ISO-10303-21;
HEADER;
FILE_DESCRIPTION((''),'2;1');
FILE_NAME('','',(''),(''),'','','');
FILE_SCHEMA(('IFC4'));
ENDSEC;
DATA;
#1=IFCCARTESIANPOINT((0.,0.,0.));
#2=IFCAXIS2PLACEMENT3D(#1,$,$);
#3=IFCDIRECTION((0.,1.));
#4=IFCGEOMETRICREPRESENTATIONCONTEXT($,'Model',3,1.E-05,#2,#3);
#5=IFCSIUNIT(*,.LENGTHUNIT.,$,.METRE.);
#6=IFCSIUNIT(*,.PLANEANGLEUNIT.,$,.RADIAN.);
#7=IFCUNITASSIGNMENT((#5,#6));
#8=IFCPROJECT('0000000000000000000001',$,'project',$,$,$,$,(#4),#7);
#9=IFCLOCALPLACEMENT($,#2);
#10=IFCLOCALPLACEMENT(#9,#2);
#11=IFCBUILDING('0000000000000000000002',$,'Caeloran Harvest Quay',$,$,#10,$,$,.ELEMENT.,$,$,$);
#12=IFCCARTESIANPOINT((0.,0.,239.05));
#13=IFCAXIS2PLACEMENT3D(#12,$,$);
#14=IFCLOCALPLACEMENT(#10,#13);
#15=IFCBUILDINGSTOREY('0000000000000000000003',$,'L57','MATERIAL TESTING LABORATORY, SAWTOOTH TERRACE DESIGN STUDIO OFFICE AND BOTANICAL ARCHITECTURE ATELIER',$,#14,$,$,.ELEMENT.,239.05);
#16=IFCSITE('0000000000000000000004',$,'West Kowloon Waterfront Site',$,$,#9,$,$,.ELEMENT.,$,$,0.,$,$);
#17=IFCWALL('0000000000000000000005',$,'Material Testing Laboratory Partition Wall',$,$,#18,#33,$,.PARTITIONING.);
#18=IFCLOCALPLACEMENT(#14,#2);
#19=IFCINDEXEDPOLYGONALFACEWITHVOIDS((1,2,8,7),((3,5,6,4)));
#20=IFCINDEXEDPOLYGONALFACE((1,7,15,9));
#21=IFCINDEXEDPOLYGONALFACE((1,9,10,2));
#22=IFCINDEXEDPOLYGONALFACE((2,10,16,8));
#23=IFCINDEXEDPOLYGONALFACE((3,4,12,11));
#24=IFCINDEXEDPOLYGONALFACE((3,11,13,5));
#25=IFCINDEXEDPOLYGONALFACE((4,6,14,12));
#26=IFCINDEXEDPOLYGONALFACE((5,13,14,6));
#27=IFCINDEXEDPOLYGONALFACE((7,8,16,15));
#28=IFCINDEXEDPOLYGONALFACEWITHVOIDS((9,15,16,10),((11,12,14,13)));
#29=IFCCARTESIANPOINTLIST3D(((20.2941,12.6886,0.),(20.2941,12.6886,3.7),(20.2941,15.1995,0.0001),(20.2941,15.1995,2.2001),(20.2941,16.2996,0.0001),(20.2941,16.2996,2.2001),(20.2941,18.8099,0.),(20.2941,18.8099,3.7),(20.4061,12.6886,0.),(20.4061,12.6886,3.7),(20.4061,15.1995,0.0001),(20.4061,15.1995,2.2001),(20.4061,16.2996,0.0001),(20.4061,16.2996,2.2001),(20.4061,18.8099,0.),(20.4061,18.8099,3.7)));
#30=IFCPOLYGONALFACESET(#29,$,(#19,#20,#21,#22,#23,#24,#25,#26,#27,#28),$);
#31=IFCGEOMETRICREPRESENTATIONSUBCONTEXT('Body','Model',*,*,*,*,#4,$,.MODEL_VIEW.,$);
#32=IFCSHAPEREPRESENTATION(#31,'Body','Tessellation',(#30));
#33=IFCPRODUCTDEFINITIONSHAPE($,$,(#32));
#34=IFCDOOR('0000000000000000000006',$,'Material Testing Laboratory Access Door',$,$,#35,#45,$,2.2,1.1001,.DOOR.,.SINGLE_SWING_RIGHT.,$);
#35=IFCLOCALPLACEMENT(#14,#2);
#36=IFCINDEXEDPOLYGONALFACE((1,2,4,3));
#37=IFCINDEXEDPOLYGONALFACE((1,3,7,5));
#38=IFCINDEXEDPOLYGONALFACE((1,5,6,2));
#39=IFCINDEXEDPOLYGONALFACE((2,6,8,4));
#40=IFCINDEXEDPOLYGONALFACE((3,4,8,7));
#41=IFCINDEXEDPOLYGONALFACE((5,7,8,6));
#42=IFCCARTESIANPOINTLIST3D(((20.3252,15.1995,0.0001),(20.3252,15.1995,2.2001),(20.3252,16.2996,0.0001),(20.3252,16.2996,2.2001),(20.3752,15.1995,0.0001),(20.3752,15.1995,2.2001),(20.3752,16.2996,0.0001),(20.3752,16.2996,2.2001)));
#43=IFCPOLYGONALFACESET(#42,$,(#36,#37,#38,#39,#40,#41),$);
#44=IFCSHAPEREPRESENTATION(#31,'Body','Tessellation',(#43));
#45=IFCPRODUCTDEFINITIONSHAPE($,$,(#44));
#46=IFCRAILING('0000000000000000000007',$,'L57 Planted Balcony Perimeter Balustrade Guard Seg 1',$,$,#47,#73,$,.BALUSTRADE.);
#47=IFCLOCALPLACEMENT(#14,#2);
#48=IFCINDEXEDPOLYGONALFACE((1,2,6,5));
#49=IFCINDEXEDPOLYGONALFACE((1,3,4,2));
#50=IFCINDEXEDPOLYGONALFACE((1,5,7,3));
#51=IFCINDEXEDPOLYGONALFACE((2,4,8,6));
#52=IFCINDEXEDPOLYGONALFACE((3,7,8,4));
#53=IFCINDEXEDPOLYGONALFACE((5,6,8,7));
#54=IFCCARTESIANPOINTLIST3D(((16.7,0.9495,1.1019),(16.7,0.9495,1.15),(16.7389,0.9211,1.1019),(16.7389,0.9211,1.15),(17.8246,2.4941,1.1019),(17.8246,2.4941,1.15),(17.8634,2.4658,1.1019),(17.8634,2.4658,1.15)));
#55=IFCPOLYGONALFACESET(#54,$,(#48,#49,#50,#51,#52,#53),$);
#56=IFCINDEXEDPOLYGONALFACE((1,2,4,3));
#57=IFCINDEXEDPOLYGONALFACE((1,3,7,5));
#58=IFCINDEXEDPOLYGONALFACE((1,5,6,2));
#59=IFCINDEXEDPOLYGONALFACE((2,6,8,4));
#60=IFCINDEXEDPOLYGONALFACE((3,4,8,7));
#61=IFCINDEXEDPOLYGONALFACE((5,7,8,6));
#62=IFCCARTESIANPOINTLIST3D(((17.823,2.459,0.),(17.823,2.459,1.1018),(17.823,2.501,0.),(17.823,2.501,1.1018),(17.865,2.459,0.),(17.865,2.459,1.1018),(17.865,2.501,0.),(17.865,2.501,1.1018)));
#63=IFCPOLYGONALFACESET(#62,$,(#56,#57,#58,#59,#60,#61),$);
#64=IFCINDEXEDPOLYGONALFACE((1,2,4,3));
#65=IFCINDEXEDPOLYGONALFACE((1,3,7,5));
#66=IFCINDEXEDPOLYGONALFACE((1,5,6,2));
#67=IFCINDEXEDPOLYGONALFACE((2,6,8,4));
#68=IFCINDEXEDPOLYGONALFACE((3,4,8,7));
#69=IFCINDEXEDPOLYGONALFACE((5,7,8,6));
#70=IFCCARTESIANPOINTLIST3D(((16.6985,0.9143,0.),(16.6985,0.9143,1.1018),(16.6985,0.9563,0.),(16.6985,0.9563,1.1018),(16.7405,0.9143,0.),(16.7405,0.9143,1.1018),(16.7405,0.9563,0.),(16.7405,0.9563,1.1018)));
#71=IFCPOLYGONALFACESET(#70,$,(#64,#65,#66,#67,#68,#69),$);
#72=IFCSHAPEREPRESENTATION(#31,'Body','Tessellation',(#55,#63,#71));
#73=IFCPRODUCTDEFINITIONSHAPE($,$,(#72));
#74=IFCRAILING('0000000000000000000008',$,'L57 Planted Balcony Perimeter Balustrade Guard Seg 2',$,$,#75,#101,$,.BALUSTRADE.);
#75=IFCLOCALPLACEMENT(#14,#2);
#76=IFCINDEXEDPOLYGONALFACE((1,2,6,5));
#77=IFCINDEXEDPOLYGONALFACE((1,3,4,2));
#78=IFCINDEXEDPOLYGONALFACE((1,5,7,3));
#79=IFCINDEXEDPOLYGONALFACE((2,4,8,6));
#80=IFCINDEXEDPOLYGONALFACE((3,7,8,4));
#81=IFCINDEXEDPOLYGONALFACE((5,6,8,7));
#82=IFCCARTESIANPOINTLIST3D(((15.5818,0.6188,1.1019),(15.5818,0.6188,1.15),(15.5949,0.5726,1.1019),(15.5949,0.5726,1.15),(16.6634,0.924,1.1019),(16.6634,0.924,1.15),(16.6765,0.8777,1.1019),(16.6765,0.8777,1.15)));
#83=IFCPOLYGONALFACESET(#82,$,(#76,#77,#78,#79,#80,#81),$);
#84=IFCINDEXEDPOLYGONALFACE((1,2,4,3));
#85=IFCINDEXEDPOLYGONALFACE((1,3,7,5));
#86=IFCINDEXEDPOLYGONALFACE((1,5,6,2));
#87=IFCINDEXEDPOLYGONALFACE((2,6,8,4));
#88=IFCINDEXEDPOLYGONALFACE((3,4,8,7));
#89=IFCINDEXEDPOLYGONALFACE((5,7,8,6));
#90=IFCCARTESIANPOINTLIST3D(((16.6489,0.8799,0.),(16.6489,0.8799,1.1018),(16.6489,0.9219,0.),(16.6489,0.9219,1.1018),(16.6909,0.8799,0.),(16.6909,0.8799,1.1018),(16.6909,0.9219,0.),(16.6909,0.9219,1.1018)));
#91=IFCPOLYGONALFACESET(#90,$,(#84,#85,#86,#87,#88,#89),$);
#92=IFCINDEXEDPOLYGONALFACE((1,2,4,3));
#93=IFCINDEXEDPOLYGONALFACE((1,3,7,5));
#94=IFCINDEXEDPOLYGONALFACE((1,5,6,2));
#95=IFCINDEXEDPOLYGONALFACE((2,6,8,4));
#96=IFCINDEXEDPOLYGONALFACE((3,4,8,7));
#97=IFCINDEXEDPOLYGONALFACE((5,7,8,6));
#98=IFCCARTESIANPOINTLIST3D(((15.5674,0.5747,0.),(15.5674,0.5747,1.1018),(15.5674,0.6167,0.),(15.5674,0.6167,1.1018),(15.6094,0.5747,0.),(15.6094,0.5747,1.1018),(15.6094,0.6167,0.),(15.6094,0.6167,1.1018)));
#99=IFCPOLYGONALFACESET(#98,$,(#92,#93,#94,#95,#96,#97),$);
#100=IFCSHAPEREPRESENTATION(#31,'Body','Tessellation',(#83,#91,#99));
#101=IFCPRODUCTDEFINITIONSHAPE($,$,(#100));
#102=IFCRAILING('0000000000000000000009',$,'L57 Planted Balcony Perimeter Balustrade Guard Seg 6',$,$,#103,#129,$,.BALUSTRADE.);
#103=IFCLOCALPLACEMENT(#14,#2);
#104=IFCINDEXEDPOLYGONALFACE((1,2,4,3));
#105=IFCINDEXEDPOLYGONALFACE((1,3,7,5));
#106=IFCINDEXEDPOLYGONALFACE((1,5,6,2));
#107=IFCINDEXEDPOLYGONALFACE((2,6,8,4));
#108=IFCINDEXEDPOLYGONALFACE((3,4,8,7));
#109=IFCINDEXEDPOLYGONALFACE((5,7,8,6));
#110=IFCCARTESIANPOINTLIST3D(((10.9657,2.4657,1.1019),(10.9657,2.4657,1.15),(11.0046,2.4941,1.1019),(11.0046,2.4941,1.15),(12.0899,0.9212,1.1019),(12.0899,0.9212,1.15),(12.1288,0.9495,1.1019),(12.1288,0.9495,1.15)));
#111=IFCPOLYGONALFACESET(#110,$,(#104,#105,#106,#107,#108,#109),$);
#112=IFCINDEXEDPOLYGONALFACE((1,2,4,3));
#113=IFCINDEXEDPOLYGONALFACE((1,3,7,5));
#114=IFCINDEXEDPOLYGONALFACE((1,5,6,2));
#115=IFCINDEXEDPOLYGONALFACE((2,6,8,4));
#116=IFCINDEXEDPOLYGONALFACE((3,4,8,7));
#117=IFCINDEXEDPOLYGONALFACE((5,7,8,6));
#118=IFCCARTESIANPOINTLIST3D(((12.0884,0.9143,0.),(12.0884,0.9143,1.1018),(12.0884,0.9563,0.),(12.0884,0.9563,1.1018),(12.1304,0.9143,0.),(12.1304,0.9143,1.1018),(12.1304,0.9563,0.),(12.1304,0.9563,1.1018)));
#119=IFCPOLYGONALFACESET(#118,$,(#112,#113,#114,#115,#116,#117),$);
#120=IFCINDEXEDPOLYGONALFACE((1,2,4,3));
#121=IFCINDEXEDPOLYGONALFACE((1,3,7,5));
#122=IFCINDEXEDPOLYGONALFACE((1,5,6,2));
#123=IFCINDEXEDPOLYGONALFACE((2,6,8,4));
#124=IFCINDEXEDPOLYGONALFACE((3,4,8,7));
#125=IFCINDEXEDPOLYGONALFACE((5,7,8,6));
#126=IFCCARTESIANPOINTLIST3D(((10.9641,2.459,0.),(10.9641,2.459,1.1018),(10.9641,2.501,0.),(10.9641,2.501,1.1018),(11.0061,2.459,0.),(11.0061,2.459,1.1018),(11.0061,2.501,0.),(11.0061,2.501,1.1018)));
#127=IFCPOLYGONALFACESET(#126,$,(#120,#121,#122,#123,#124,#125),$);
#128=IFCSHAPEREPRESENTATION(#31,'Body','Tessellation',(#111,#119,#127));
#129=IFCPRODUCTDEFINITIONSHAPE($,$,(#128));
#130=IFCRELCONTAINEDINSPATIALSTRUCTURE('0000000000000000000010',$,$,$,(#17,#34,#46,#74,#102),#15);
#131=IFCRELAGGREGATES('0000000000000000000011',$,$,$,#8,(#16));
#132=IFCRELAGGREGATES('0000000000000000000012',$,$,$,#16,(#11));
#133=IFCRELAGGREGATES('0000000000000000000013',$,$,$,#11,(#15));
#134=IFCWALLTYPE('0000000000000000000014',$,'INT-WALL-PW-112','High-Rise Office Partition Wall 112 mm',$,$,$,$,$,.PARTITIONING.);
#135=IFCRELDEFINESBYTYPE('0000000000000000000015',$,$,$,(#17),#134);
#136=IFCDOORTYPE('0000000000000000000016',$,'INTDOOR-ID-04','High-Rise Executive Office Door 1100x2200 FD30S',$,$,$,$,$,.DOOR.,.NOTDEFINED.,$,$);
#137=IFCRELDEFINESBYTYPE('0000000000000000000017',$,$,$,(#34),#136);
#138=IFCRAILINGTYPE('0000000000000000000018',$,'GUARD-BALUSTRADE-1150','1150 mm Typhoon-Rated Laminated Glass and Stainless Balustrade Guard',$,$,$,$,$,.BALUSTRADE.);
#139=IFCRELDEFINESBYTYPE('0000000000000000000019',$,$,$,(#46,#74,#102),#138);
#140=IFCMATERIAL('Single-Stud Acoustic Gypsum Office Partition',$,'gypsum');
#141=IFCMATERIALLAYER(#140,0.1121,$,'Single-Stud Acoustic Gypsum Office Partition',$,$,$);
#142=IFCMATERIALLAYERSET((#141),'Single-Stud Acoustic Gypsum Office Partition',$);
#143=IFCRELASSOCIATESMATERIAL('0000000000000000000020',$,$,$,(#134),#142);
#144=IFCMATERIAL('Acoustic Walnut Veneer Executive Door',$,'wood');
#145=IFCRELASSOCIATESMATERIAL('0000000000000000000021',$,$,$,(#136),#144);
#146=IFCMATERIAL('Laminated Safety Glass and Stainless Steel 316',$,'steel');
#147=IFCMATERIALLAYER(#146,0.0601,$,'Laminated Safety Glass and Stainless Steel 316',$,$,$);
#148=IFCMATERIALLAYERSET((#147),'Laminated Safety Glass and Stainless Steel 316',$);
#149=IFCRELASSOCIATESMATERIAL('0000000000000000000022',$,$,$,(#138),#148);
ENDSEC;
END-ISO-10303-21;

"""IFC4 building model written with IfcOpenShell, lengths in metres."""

from ifc_helpers import new_model, si_unit, direction, frame, frame_2d, origin, origin_2d, place, context, subcontext, project, spatial, rectangle, extrude, material, layer, layer_set, type_object, element, fill, save


model = new_model("IFC4")

# Units and contexts
model_context = context("Model", 3, precision=1e-05, world=origin(), true_north=direction((0.0, 1.0)))
body_context = subcontext(model_context, "Body", "Model", "MODEL_VIEW")
ifc_project = project(units=[si_unit("LENGTHUNIT", "METRE"), si_unit("PLANEANGLEUNIT", "RADIAN")], contexts=[model_context])

# Site, building, storey
site_placement = place(None, origin())
site = spatial("IfcSite", under=ifc_project, at=site_placement, Name="West Kowloon Waterfront Site", CompositionType="ELEMENT", RefElevation=0.0)
building_placement = place(site_placement, origin())
building = spatial("IfcBuilding", under=site, at=building_placement, Name="Caeloran Harvest Quay", CompositionType="ELEMENT")
storey_placement = place(building_placement, frame((0.0, 0.0, 239.05)))
storey = spatial("IfcBuildingStorey", under=building, at=storey_placement, Name="L57", Description="MATERIAL TESTING LABORATORY, SAWTOOTH TERRACE DESIGN STUDIO OFFICE AND BOTANICAL ARCHITECTURE ATELIER", CompositionType="ELEMENT", Elevation=239.05)

# Shared definitions
ifc_material_1 = material(Name="Single-Stud Acoustic Gypsum Office Partition", Category="gypsum")
ifc_layer_1 = layer(ifc_material_1, 0.1121, Name="Single-Stud Acoustic Gypsum Office Partition")
ifc_layer_set_1 = layer_set([ifc_layer_1], Name="Single-Stud Acoustic Gypsum Office Partition")
wall_type_1 = type_object("IfcWallType", Name="INT-WALL-PW-112", Description="High-Rise Office Partition Wall 112 mm", PredefinedType="PARTITIONING", material=ifc_layer_set_1)

# Wall, opening, door
ifc_material_2 = material(Name="Acoustic Walnut Veneer Executive Door", Category="wood")
door_type_1 = type_object("IfcDoorType", Name="INTDOOR-ID-04", Description="High-Rise Executive Office Door 1100x2200 FD30S", OperationType="NOTDEFINED", PredefinedType="DOOR", material=ifc_material_2)
wall_1_placement = place(storey_placement, frame((20.3501, 12.6887, 0.0), z_axis=(0.0, 0.0, 1.0), x_axis=(0.0, 1.0, 0.0)))
wall_1 = element("IfcWall", 1, at=wall_1_placement, inside=storey, type_object=wall_type_1, Name="Material Testing Laboratory Partition Wall", PredefinedType="PARTITIONING", context=body_context, shape_type="SweptSolid", body=[
    extrude(rectangle(XDim=6.1213, YDim=0.1121, at=frame_2d((3.0605, 0.0))), origin(), (0.0, 0.0, 1.0), 3.7),
])
opening_1_placement = place(wall_1_placement, frame((2.5107, 0.0, 0.0)))
opening_1 = element("IfcOpeningElement", 2, at=opening_1_placement, cuts=wall_1, PredefinedType="OPENING", context=body_context, shape_type="SweptSolid", body=[
    extrude(rectangle(XDim=1.1001, YDim=2.2, at=frame_2d((0.55, 1.1001))), frame((0.0, 0.0659, 0.0), z_axis=(0.0, -1.0, 0.0), x_axis=(1.0, 0.0, 0.0)), (0.0, 0.0, 1.0), 0.1321),
])
door_1_placement = place(opening_1_placement, origin())
door_1 = element("IfcDoor", 3, at=door_1_placement, inside=storey, type_object=door_type_1, Name="Material Testing Laboratory Access Door", OperationType="SINGLE_SWING_RIGHT", OverallHeight=2.2, OverallWidth=1.1001, PredefinedType="DOOR", context=body_context, shape_type="SweptSolid", body=[
    extrude(rectangle(XDim=1.1001, YDim=2.2, at=frame_2d((0.55, 1.1001))), frame((0.0, 0.0249, 0.0), z_axis=(0.0, -1.0, 0.0), x_axis=(1.0, 0.0, 0.0)), (0.0, 0.0, 1.0), 0.05),
])
fill(opening_1, door_1)

# Railings
ifc_material_3 = material(Name="Laminated Safety Glass and Stainless Steel 316", Category="steel")
ifc_layer_2 = layer(ifc_material_3, 0.0601, Name="Laminated Safety Glass and Stainless Steel 316")
ifc_layer_set_2 = layer_set([ifc_layer_2], Name="Laminated Safety Glass and Stainless Steel 316")
railing_type = type_object("IfcRailingType", Name="GUARD-BALUSTRADE-1150", Description="1150 mm Typhoon-Rated Laminated Glass and Stainless Balustrade Guard", PredefinedType="BALUSTRADE", material=ifc_layer_set_2)
railing_1_placement = place(storey_placement, frame((17.844, 2.48, 0.0)))
element("IfcRailing", 4, at=railing_1_placement, inside=storey, type_object=railing_type, Name="L57 Planted Balcony Perimeter Balustrade Guard Seg 1", PredefinedType="BALUSTRADE", context=body_context, shape_type="SweptSolid", body=[
    extrude(rectangle(XDim=0.0481, YDim=0.0481, at=origin_2d()), frame((0.0, 0.0, 1.126), z_axis=(-0.588552, -0.80846, 0.0), x_axis=(0.80846, -0.588552, 0.0)), (0.0, 0.0, 1.0), 1.9106),
    extrude(rectangle(XDim=0.042, YDim=0.042, at=origin_2d()), origin(), (0.0, 0.0, 1.0), 1.1018),
    extrude(rectangle(XDim=0.042, YDim=0.042, at=origin_2d()), frame((-1.1245, -1.5447, 0.0)), (0.0, 0.0, 1.0), 1.1018),
])
railing_2_placement = place(storey_placement, frame((16.6699, 0.9009, 0.0)))
element("IfcRailing", 5, at=railing_2_placement, inside=storey, type_object=railing_type, Name="L57 Planted Balcony Perimeter Balustrade Guard Seg 2", PredefinedType="BALUSTRADE", context=body_context, shape_type="SweptSolid", body=[
    extrude(rectangle(XDim=0.0481, YDim=0.0481, at=origin_2d()), frame((0.0, 0.0, 1.126), z_axis=(-0.962421, -0.271563, 0.0), x_axis=(0.271563, -0.962421, 0.0)), (0.0, 0.0, 1.0), 1.1238),
    extrude(rectangle(XDim=0.042, YDim=0.042, at=origin_2d()), origin(), (0.0, 0.0, 1.0), 1.1018),
    extrude(rectangle(XDim=0.042, YDim=0.042, at=origin_2d()), frame((-1.0815, -0.3052, 0.0)), (0.0, 0.0, 1.0), 1.1018),
])
railing_3_placement = place(storey_placement, frame((12.1094, 0.9353, 0.0)))
element("IfcRailing", 6, at=railing_3_placement, inside=storey, type_object=railing_type, Name="L57 Planted Balcony Perimeter Balustrade Guard Seg 6", PredefinedType="BALUSTRADE", context=body_context, shape_type="SweptSolid", body=[
    extrude(rectangle(XDim=0.0481, YDim=0.0481, at=origin_2d()), frame((0.0, 0.0, 1.126), z_axis=(-0.588468, 0.808521, 0.0), x_axis=(-0.808521, -0.588468, 0.0)), (0.0, 0.0, 1.0), 1.9104),
    extrude(rectangle(XDim=0.042, YDim=0.042, at=origin_2d()), origin(), (0.0, 0.0, 1.0), 1.1018),
    extrude(rectangle(XDim=0.042, YDim=0.042, at=origin_2d()), frame((-1.1243, 1.5447, 0.0)), (0.0, 0.0, 1.0), 1.1018),
])

save(model, "model.ifc")
